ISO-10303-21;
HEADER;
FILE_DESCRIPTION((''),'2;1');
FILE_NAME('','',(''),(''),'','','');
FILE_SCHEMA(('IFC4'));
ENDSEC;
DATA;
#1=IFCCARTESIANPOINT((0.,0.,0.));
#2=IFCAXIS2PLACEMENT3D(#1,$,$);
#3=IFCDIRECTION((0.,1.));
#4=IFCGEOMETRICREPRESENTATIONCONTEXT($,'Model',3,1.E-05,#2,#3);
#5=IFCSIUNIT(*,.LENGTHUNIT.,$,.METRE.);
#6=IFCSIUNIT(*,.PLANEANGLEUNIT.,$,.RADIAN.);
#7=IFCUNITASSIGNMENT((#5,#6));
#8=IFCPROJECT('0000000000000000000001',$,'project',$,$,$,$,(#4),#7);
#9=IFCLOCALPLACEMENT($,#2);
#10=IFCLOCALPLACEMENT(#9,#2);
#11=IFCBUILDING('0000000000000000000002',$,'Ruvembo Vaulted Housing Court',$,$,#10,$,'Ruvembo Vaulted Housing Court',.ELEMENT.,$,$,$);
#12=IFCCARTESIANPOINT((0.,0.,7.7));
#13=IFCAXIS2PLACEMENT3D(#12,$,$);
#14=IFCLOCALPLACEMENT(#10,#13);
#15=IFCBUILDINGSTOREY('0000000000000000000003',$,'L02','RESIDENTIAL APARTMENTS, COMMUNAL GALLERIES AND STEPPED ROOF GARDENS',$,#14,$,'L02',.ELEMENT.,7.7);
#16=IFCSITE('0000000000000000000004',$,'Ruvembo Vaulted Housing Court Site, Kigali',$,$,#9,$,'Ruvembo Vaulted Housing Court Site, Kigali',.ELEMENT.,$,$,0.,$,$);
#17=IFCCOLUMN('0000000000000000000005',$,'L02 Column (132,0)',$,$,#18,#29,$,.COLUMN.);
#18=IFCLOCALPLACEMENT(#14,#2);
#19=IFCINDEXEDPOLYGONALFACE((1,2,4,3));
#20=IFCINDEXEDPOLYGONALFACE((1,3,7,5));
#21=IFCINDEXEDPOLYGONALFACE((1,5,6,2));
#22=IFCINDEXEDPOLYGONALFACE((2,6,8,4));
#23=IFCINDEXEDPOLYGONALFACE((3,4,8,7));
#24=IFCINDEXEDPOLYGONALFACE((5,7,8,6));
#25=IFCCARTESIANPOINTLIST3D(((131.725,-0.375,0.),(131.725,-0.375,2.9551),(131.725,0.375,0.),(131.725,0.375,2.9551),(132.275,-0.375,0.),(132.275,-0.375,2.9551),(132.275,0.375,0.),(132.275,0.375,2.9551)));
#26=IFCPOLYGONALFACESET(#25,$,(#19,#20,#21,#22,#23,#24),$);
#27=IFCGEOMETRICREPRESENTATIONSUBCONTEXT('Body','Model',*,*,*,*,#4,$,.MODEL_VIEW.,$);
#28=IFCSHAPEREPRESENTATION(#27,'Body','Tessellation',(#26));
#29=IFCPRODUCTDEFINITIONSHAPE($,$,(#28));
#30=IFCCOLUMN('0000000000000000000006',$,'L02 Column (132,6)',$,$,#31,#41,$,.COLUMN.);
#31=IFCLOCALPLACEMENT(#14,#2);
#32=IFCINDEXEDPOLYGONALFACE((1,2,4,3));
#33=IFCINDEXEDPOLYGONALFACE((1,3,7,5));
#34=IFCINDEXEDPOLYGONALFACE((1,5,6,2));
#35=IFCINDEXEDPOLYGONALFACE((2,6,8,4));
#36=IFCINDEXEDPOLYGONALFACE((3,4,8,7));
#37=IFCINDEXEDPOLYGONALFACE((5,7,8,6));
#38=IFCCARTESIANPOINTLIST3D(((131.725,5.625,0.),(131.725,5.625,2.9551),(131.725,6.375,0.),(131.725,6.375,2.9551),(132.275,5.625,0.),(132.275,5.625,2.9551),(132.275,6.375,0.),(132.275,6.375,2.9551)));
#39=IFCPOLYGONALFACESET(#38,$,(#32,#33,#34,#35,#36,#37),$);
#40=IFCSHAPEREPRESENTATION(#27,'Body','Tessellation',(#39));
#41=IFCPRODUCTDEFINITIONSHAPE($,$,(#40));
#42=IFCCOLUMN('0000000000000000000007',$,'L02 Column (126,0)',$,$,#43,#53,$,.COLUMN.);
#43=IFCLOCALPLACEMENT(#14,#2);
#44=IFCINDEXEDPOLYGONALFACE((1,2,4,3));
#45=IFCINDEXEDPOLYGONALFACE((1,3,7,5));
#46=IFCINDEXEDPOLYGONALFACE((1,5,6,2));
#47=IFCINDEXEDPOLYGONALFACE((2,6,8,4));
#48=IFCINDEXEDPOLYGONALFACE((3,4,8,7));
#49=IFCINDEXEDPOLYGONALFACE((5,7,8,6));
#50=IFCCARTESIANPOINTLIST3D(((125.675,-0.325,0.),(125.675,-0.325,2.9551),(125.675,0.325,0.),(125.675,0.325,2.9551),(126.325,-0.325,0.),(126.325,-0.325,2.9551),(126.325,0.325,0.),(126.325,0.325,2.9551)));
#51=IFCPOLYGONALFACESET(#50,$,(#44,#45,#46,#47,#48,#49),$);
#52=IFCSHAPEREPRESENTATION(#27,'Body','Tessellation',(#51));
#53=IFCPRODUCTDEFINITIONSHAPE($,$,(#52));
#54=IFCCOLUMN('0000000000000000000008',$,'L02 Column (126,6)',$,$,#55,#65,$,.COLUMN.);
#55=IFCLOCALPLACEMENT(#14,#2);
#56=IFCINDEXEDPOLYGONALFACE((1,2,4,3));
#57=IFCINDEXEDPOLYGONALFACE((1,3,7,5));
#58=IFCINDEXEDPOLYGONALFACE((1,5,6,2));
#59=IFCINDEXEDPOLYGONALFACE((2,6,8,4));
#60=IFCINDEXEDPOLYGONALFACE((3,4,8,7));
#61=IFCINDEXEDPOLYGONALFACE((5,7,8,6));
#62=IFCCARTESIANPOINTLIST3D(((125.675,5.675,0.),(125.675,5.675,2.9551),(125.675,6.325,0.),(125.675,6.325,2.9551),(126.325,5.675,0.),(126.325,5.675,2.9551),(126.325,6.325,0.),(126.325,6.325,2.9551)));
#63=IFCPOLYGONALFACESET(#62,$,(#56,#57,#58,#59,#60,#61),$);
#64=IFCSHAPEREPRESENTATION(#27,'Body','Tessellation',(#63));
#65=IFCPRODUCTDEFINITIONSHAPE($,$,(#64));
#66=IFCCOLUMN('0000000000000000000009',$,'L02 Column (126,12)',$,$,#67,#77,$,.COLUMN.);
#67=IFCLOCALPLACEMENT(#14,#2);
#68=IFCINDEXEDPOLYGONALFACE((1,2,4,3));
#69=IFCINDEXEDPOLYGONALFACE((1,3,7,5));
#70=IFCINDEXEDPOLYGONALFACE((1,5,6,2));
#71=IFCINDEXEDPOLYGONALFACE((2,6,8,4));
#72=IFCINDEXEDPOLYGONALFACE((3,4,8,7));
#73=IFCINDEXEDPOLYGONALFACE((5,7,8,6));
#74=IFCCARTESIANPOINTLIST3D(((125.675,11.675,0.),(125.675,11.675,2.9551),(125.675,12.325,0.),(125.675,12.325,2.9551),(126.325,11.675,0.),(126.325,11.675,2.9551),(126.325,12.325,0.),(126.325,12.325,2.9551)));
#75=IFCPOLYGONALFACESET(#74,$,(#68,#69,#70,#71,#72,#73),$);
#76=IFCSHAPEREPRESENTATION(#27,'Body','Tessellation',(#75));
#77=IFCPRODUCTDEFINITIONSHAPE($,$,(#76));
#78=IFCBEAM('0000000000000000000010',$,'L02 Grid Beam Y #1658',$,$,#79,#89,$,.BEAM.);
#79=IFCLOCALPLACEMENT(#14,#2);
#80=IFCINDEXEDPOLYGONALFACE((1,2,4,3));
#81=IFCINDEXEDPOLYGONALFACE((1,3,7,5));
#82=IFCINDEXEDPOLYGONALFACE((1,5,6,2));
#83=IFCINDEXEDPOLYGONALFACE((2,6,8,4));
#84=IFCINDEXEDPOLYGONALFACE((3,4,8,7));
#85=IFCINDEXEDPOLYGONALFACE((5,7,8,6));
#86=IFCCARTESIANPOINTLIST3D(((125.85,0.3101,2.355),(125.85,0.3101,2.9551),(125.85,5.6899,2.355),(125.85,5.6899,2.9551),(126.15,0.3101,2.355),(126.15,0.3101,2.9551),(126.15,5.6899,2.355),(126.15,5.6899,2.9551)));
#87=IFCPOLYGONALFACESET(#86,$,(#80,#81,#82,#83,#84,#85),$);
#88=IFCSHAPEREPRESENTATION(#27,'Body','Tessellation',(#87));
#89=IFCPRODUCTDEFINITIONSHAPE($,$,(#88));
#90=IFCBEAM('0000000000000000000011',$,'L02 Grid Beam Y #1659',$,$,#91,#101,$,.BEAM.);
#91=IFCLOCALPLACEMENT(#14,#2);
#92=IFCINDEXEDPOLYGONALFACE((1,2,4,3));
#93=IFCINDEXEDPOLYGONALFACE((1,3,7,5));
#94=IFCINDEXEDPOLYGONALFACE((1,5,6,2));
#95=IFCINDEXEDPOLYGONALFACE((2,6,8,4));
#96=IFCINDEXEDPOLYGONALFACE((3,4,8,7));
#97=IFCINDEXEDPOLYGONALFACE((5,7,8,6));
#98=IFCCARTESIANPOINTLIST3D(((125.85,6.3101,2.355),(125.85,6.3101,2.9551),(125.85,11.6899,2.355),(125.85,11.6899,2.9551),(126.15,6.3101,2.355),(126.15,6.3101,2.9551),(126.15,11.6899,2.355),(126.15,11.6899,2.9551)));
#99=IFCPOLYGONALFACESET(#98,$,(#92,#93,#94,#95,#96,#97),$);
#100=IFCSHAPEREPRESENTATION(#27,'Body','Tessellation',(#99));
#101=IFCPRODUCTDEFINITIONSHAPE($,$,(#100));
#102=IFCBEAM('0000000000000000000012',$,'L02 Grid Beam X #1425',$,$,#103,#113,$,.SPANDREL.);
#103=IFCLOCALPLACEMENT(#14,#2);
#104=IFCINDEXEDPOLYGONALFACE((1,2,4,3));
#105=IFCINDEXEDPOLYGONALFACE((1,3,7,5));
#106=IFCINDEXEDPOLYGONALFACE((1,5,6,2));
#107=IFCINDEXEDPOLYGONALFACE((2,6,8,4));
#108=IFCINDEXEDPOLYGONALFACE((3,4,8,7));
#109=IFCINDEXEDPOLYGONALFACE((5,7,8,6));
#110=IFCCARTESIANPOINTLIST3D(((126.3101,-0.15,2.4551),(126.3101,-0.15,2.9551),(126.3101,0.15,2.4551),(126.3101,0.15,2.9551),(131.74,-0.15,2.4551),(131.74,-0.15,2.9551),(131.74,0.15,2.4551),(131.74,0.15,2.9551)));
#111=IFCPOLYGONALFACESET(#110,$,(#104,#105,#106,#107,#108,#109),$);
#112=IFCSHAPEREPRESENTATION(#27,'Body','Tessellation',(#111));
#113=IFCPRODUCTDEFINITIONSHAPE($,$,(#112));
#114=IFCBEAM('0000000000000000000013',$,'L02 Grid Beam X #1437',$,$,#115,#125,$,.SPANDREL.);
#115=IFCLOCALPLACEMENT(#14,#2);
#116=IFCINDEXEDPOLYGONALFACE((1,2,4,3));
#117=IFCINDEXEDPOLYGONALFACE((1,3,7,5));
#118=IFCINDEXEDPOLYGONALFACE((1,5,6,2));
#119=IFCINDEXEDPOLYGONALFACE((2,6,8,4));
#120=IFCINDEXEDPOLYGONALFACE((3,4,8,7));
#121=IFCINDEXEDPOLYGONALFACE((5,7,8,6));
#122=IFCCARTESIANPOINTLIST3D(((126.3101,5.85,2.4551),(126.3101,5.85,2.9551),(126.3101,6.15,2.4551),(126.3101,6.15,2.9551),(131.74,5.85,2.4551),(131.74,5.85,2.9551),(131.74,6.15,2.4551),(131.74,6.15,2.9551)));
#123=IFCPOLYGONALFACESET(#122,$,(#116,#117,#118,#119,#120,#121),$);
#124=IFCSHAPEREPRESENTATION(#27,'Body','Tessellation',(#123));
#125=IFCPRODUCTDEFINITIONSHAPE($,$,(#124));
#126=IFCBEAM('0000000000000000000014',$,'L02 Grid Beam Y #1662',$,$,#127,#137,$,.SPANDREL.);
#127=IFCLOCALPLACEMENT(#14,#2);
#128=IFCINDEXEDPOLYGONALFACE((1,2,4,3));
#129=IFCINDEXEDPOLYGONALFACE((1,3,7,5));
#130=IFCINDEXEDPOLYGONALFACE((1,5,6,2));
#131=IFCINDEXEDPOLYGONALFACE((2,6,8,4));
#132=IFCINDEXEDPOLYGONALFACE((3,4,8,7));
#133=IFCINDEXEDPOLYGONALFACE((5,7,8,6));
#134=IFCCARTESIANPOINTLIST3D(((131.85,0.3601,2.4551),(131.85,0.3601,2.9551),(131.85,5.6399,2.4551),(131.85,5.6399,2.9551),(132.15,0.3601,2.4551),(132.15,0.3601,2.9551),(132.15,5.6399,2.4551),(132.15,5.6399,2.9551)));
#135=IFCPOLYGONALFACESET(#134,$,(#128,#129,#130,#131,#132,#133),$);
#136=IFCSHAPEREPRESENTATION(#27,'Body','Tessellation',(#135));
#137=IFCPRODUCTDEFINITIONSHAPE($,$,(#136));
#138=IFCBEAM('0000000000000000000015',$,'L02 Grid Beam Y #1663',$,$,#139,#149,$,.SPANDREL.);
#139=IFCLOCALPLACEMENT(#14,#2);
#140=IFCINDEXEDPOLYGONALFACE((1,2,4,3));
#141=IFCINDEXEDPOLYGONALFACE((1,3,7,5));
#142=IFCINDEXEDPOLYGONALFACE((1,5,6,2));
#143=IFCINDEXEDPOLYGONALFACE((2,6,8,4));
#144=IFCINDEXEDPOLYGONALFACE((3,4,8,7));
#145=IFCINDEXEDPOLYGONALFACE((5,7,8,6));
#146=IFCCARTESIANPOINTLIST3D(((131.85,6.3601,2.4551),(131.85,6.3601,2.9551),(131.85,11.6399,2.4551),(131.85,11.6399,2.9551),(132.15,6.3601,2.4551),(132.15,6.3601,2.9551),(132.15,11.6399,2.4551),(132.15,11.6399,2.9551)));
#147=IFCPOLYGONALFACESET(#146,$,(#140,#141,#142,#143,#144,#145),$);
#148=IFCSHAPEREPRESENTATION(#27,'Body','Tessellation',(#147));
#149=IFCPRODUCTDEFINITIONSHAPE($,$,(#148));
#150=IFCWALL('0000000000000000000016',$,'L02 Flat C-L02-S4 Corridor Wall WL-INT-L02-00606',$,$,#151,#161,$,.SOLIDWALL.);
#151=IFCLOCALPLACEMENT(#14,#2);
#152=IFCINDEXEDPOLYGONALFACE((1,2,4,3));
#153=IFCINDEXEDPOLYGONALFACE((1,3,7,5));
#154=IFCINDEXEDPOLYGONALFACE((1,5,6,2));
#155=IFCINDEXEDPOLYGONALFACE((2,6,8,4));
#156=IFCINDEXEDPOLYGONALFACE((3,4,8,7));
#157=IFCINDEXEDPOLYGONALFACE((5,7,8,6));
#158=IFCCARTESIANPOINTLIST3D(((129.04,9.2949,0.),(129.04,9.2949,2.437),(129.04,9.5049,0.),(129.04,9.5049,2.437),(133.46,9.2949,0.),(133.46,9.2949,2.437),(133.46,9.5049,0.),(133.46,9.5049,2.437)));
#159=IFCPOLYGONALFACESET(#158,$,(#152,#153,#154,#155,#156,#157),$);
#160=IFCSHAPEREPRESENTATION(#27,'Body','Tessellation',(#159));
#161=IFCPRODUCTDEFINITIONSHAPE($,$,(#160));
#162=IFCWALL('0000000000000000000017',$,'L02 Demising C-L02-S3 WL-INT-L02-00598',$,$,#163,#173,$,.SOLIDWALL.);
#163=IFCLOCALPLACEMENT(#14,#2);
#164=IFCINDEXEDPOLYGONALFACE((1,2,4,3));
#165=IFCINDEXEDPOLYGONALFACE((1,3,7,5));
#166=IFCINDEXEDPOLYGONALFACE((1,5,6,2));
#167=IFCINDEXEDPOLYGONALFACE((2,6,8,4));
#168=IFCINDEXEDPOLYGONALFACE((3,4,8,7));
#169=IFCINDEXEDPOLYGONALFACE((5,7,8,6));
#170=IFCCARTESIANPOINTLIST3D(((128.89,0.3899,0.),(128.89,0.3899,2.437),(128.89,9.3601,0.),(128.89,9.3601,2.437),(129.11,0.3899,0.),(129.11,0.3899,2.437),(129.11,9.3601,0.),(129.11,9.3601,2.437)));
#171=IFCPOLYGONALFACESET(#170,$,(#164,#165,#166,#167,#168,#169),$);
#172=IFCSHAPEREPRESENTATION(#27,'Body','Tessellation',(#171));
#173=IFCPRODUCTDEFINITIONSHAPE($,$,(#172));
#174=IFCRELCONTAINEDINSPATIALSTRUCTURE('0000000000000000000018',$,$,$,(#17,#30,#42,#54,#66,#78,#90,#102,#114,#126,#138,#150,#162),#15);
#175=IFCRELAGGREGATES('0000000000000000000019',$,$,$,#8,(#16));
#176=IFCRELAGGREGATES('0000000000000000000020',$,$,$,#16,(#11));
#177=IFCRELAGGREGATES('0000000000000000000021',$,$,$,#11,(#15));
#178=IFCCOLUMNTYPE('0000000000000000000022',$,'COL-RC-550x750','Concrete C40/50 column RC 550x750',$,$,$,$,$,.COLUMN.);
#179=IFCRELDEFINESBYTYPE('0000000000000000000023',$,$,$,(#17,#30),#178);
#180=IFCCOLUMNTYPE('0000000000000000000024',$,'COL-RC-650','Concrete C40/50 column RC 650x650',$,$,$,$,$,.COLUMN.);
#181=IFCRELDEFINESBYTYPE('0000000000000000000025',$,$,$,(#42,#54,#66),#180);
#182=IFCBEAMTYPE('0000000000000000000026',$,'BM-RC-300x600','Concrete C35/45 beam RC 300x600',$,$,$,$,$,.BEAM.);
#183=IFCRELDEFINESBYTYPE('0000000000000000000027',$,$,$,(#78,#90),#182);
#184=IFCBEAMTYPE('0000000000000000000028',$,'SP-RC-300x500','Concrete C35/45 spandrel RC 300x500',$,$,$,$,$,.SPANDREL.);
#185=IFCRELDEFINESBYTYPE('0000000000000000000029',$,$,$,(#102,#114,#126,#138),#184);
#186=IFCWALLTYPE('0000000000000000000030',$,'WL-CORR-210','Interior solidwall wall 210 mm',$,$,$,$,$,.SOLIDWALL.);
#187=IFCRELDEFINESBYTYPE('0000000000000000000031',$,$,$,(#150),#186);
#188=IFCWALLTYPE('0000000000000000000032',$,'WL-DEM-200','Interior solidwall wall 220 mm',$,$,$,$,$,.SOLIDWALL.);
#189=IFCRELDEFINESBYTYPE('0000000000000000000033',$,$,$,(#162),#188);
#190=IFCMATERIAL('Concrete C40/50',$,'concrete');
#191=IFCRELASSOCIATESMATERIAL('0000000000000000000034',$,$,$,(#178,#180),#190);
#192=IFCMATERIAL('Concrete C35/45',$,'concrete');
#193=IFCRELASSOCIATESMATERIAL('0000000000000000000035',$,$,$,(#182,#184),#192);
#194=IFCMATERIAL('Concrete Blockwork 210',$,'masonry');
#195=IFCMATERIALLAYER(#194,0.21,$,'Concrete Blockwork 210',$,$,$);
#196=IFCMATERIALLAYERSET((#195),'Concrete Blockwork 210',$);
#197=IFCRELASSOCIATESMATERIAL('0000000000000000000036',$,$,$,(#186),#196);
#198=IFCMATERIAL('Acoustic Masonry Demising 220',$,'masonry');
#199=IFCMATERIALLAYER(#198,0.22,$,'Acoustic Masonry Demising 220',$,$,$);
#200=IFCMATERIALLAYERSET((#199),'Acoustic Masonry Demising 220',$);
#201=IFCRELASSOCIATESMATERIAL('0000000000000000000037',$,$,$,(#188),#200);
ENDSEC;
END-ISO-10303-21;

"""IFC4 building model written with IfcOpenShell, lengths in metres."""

from ifc_helpers import new_model, si_unit, direction, frame, frame_2d, origin, origin_2d, place, context, subcontext, project, spatial, rectangle, extrude, material, layer, layer_set, material_profile, profile_set, type_object, element, save


model = new_model("IFC4")

# Units and contexts
model_context = context("Model", 3, precision=1e-05, world=origin(), true_north=direction((0.0, 1.0)))
body_context = subcontext(model_context, "Body", "Model", "MODEL_VIEW")
ifc_project = project(units=[si_unit("LENGTHUNIT", "METRE"), si_unit("PLANEANGLEUNIT", "RADIAN")], contexts=[model_context])

# Site, building, storey
site_placement = place(None, origin())
site = spatial("IfcSite", under=ifc_project, at=site_placement, Name="Ruvembo Vaulted Housing Court Site, Kigali", LongName="Ruvembo Vaulted Housing Court Site, Kigali", CompositionType="ELEMENT", RefElevation=0.0)
building_placement = place(site_placement, origin())
building = spatial("IfcBuilding", under=site, at=building_placement, Name="Ruvembo Vaulted Housing Court", LongName="Ruvembo Vaulted Housing Court", CompositionType="ELEMENT")
storey_placement = place(building_placement, frame((0.0, 0.0, 7.7)))
storey = spatial("IfcBuildingStorey", under=building, at=storey_placement, Name="L02", Description="RESIDENTIAL APARTMENTS, COMMUNAL GALLERIES AND STEPPED ROOF GARDENS", LongName="L02", CompositionType="ELEMENT", Elevation=7.7)

# Columns
ifc_material_1 = material(Name="Concrete C40/50", Category="concrete")
ifc_material_profile_1 = material_profile(ifc_material_1, rectangle(XDim=0.55, YDim=0.75, at=origin_2d()), Name="RC 550x750")
ifc_profile_set_1 = profile_set([ifc_material_profile_1], Name="Concrete C40/50")
column_type_1 = type_object("IfcColumnType", Name="COL-RC-550x750", Description="Concrete C40/50 column RC 550x750", PredefinedType="COLUMN", material=ifc_profile_set_1)
for number, where, z_axis, x_axis, name in (
    (1, (132.0, 0.0, 0.0), (0.0, 0.0, 1.0), (1.0, 0.0, 0.0), "L02 Column (132,0)"),
    (2, (132.0, 6.0, 0.0), (0.0, 0.0, 1.0), (1.0, 0.0, 0.0), "L02 Column (132,6)"),
):
    element("IfcColumn", number, at=place(storey_placement, frame(where, z_axis=z_axis, x_axis=x_axis)), inside=storey, type_object=column_type_1, Name=name, PredefinedType="COLUMN", context=body_context, shape_type="SweptSolid", body=[
        extrude(rectangle(XDim=0.55, YDim=0.75, at=origin_2d()), origin(), (0.0, 0.0, 1.0), 2.9551),
    ])
ifc_material_profile_2 = material_profile(ifc_material_1, rectangle(XDim=0.6499, YDim=0.6499, at=origin_2d()), Name="RC 650x650")
ifc_profile_set_2 = profile_set([ifc_material_profile_2], Name="Concrete C40/50")
column_type_2 = type_object("IfcColumnType", Name="COL-RC-650", Description="Concrete C40/50 column RC 650x650", PredefinedType="COLUMN", material=ifc_profile_set_2)
for number, where, z_axis, x_axis, name in (
    (3, (126.0, 0.0, 0.0), (0.0, 0.0, 1.0), (1.0, 0.0, 0.0), "L02 Column (126,0)"),
    (4, (126.0, 6.0, 0.0), (0.0, 0.0, 1.0), (1.0, 0.0, 0.0), "L02 Column (126,6)"),
    (5, (126.0, 12.0, 0.0), (0.0, 0.0, 1.0), (1.0, 0.0, 0.0), "L02 Column (126,12)"),
):
    element("IfcColumn", number, at=place(storey_placement, frame(where, z_axis=z_axis, x_axis=x_axis)), inside=storey, type_object=column_type_2, Name=name, PredefinedType="COLUMN", context=body_context, shape_type="SweptSolid", body=[
        extrude(rectangle(XDim=0.6499, YDim=0.6499, at=origin_2d()), origin(), (0.0, 0.0, 1.0), 2.9551),
    ])

# Beams
ifc_material_2 = material(Name="Concrete C35/45", Category="concrete")
ifc_material_profile_3 = material_profile(ifc_material_2, rectangle(XDim=0.3, YDim=0.6001, at=origin_2d()), Name="RC 300x600")
ifc_profile_set_3 = profile_set([ifc_material_profile_3], Name="Concrete C35/45")
beam_type_1 = type_object("IfcBeamType", Name="BM-RC-300x600", Description="Concrete C35/45 beam RC 300x600", PredefinedType="BEAM", material=ifc_profile_set_3)
for number, where, z_axis, x_axis, name in (
    (6, (126.0, 0.3101, 2.655), (0.0, 1.0, 0.0), (-1.0, 0.0, 0.0), "L02 Grid Beam Y #1658"),
    (7, (126.0, 6.3101, 2.655), (0.0, 1.0, 0.0), (-1.0, 0.0, 0.0), "L02 Grid Beam Y #1659"),
):
    element("IfcBeam", number, at=place(storey_placement, frame(where, z_axis=z_axis, x_axis=x_axis)), inside=storey, type_object=beam_type_1, Name=name, PredefinedType="BEAM", context=body_context, shape_type="SweptSolid", body=[
        extrude(rectangle(XDim=0.3, YDim=0.6001, at=origin_2d()), origin(), (0.0, 0.0, 1.0), 5.3799),
    ])
ifc_material_profile_4 = material_profile(ifc_material_2, rectangle(XDim=0.3, YDim=0.5, at=origin_2d()), Name="RC 300x500")
ifc_profile_set_4 = profile_set([ifc_material_profile_4], Name="Concrete C35/45")
beam_type_2 = type_object("IfcBeamType", Name="SP-RC-300x500", Description="Concrete C35/45 spandrel RC 300x500", PredefinedType="SPANDREL", material=ifc_profile_set_4)
for number, where, z_axis, x_axis, name in (
    (8, (126.3101, 0.0, 2.7051), (1.0, 0.0, 0.0), (0.0, 1.0, 0.0), "L02 Grid Beam X #1425"),
    (9, (126.3101, 6.0, 2.7051), (1.0, 0.0, 0.0), (0.0, 1.0, 0.0), "L02 Grid Beam X #1437"),
):
    element("IfcBeam", number, at=place(storey_placement, frame(where, z_axis=z_axis, x_axis=x_axis)), inside=storey, type_object=beam_type_2, Name=name, PredefinedType="SPANDREL", context=body_context, shape_type="SweptSolid", body=[
        extrude(rectangle(XDim=0.3, YDim=0.5, at=origin_2d()), origin(), (0.0, 0.0, 1.0), 5.4299),
    ])
for number, where, z_axis, x_axis, name in (
    (10, (132.0, 0.3601, 2.7051), (0.0, 1.0, 0.0), (-1.0, 0.0, 0.0), "L02 Grid Beam Y #1662"),
    (11, (132.0, 6.3601, 2.7051), (0.0, 1.0, 0.0), (-1.0, 0.0, 0.0), "L02 Grid Beam Y #1663"),
):
    element("IfcBeam", number, at=place(storey_placement, frame(where, z_axis=z_axis, x_axis=x_axis)), inside=storey, type_object=beam_type_2, Name=name, PredefinedType="SPANDREL", context=body_context, shape_type="SweptSolid", body=[
        extrude(rectangle(XDim=0.3, YDim=0.5, at=origin_2d()), origin(), (0.0, 0.0, 1.0), 5.2798),
    ])

# Shared definitions
ifc_material_3 = material(Name="Concrete Blockwork 210", Category="masonry")
ifc_layer_1 = layer(ifc_material_3, 0.21, Name="Concrete Blockwork 210")
ifc_layer_set_1 = layer_set([ifc_layer_1], Name="Concrete Blockwork 210")
wall_type_1 = type_object("IfcWallType", Name="WL-CORR-210", Description="Interior solidwall wall 210 mm", PredefinedType="SOLIDWALL", material=ifc_layer_set_1)

# Walls
wall_1_placement = place(storey_placement, frame((129.04, 9.3999, 0.0), z_axis=(0.0, 0.0, 1.0), x_axis=(1.0, 0.0, 0.0)))
element("IfcWall", 12, at=wall_1_placement, inside=storey, type_object=wall_type_1, Name="L02 Flat C-L02-S4 Corridor Wall WL-INT-L02-00606", PredefinedType="SOLIDWALL", context=body_context, shape_type="SweptSolid", body=[
    extrude(rectangle(XDim=4.4199, YDim=0.21, at=frame_2d((2.21, 0.0))), origin(), (0.0, 0.0, 1.0), 2.437),
])
ifc_material_4 = material(Name="Acoustic Masonry Demising 220", Category="masonry")
ifc_layer_2 = layer(ifc_material_4, 0.22, Name="Acoustic Masonry Demising 220")
ifc_layer_set_2 = layer_set([ifc_layer_2], Name="Acoustic Masonry Demising 220")
wall_type_2 = type_object("IfcWallType", Name="WL-DEM-200", Description="Interior solidwall wall 220 mm", PredefinedType="SOLIDWALL", material=ifc_layer_set_2)
wall_2_placement = place(storey_placement, frame((129.0, 0.3899, 0.0), z_axis=(0.0, 0.0, 1.0), x_axis=(0.0, 1.0, 0.0)))
element("IfcWall", 13, at=wall_2_placement, inside=storey, type_object=wall_type_2, Name="L02 Demising C-L02-S3 WL-INT-L02-00598", PredefinedType="SOLIDWALL", context=body_context, shape_type="SweptSolid", body=[
    extrude(rectangle(XDim=8.9702, YDim=0.22, at=frame_2d((4.4851, 0.0))), origin(), (0.0, 0.0, 1.0), 2.437),
])

save(model, "model.ifc")
